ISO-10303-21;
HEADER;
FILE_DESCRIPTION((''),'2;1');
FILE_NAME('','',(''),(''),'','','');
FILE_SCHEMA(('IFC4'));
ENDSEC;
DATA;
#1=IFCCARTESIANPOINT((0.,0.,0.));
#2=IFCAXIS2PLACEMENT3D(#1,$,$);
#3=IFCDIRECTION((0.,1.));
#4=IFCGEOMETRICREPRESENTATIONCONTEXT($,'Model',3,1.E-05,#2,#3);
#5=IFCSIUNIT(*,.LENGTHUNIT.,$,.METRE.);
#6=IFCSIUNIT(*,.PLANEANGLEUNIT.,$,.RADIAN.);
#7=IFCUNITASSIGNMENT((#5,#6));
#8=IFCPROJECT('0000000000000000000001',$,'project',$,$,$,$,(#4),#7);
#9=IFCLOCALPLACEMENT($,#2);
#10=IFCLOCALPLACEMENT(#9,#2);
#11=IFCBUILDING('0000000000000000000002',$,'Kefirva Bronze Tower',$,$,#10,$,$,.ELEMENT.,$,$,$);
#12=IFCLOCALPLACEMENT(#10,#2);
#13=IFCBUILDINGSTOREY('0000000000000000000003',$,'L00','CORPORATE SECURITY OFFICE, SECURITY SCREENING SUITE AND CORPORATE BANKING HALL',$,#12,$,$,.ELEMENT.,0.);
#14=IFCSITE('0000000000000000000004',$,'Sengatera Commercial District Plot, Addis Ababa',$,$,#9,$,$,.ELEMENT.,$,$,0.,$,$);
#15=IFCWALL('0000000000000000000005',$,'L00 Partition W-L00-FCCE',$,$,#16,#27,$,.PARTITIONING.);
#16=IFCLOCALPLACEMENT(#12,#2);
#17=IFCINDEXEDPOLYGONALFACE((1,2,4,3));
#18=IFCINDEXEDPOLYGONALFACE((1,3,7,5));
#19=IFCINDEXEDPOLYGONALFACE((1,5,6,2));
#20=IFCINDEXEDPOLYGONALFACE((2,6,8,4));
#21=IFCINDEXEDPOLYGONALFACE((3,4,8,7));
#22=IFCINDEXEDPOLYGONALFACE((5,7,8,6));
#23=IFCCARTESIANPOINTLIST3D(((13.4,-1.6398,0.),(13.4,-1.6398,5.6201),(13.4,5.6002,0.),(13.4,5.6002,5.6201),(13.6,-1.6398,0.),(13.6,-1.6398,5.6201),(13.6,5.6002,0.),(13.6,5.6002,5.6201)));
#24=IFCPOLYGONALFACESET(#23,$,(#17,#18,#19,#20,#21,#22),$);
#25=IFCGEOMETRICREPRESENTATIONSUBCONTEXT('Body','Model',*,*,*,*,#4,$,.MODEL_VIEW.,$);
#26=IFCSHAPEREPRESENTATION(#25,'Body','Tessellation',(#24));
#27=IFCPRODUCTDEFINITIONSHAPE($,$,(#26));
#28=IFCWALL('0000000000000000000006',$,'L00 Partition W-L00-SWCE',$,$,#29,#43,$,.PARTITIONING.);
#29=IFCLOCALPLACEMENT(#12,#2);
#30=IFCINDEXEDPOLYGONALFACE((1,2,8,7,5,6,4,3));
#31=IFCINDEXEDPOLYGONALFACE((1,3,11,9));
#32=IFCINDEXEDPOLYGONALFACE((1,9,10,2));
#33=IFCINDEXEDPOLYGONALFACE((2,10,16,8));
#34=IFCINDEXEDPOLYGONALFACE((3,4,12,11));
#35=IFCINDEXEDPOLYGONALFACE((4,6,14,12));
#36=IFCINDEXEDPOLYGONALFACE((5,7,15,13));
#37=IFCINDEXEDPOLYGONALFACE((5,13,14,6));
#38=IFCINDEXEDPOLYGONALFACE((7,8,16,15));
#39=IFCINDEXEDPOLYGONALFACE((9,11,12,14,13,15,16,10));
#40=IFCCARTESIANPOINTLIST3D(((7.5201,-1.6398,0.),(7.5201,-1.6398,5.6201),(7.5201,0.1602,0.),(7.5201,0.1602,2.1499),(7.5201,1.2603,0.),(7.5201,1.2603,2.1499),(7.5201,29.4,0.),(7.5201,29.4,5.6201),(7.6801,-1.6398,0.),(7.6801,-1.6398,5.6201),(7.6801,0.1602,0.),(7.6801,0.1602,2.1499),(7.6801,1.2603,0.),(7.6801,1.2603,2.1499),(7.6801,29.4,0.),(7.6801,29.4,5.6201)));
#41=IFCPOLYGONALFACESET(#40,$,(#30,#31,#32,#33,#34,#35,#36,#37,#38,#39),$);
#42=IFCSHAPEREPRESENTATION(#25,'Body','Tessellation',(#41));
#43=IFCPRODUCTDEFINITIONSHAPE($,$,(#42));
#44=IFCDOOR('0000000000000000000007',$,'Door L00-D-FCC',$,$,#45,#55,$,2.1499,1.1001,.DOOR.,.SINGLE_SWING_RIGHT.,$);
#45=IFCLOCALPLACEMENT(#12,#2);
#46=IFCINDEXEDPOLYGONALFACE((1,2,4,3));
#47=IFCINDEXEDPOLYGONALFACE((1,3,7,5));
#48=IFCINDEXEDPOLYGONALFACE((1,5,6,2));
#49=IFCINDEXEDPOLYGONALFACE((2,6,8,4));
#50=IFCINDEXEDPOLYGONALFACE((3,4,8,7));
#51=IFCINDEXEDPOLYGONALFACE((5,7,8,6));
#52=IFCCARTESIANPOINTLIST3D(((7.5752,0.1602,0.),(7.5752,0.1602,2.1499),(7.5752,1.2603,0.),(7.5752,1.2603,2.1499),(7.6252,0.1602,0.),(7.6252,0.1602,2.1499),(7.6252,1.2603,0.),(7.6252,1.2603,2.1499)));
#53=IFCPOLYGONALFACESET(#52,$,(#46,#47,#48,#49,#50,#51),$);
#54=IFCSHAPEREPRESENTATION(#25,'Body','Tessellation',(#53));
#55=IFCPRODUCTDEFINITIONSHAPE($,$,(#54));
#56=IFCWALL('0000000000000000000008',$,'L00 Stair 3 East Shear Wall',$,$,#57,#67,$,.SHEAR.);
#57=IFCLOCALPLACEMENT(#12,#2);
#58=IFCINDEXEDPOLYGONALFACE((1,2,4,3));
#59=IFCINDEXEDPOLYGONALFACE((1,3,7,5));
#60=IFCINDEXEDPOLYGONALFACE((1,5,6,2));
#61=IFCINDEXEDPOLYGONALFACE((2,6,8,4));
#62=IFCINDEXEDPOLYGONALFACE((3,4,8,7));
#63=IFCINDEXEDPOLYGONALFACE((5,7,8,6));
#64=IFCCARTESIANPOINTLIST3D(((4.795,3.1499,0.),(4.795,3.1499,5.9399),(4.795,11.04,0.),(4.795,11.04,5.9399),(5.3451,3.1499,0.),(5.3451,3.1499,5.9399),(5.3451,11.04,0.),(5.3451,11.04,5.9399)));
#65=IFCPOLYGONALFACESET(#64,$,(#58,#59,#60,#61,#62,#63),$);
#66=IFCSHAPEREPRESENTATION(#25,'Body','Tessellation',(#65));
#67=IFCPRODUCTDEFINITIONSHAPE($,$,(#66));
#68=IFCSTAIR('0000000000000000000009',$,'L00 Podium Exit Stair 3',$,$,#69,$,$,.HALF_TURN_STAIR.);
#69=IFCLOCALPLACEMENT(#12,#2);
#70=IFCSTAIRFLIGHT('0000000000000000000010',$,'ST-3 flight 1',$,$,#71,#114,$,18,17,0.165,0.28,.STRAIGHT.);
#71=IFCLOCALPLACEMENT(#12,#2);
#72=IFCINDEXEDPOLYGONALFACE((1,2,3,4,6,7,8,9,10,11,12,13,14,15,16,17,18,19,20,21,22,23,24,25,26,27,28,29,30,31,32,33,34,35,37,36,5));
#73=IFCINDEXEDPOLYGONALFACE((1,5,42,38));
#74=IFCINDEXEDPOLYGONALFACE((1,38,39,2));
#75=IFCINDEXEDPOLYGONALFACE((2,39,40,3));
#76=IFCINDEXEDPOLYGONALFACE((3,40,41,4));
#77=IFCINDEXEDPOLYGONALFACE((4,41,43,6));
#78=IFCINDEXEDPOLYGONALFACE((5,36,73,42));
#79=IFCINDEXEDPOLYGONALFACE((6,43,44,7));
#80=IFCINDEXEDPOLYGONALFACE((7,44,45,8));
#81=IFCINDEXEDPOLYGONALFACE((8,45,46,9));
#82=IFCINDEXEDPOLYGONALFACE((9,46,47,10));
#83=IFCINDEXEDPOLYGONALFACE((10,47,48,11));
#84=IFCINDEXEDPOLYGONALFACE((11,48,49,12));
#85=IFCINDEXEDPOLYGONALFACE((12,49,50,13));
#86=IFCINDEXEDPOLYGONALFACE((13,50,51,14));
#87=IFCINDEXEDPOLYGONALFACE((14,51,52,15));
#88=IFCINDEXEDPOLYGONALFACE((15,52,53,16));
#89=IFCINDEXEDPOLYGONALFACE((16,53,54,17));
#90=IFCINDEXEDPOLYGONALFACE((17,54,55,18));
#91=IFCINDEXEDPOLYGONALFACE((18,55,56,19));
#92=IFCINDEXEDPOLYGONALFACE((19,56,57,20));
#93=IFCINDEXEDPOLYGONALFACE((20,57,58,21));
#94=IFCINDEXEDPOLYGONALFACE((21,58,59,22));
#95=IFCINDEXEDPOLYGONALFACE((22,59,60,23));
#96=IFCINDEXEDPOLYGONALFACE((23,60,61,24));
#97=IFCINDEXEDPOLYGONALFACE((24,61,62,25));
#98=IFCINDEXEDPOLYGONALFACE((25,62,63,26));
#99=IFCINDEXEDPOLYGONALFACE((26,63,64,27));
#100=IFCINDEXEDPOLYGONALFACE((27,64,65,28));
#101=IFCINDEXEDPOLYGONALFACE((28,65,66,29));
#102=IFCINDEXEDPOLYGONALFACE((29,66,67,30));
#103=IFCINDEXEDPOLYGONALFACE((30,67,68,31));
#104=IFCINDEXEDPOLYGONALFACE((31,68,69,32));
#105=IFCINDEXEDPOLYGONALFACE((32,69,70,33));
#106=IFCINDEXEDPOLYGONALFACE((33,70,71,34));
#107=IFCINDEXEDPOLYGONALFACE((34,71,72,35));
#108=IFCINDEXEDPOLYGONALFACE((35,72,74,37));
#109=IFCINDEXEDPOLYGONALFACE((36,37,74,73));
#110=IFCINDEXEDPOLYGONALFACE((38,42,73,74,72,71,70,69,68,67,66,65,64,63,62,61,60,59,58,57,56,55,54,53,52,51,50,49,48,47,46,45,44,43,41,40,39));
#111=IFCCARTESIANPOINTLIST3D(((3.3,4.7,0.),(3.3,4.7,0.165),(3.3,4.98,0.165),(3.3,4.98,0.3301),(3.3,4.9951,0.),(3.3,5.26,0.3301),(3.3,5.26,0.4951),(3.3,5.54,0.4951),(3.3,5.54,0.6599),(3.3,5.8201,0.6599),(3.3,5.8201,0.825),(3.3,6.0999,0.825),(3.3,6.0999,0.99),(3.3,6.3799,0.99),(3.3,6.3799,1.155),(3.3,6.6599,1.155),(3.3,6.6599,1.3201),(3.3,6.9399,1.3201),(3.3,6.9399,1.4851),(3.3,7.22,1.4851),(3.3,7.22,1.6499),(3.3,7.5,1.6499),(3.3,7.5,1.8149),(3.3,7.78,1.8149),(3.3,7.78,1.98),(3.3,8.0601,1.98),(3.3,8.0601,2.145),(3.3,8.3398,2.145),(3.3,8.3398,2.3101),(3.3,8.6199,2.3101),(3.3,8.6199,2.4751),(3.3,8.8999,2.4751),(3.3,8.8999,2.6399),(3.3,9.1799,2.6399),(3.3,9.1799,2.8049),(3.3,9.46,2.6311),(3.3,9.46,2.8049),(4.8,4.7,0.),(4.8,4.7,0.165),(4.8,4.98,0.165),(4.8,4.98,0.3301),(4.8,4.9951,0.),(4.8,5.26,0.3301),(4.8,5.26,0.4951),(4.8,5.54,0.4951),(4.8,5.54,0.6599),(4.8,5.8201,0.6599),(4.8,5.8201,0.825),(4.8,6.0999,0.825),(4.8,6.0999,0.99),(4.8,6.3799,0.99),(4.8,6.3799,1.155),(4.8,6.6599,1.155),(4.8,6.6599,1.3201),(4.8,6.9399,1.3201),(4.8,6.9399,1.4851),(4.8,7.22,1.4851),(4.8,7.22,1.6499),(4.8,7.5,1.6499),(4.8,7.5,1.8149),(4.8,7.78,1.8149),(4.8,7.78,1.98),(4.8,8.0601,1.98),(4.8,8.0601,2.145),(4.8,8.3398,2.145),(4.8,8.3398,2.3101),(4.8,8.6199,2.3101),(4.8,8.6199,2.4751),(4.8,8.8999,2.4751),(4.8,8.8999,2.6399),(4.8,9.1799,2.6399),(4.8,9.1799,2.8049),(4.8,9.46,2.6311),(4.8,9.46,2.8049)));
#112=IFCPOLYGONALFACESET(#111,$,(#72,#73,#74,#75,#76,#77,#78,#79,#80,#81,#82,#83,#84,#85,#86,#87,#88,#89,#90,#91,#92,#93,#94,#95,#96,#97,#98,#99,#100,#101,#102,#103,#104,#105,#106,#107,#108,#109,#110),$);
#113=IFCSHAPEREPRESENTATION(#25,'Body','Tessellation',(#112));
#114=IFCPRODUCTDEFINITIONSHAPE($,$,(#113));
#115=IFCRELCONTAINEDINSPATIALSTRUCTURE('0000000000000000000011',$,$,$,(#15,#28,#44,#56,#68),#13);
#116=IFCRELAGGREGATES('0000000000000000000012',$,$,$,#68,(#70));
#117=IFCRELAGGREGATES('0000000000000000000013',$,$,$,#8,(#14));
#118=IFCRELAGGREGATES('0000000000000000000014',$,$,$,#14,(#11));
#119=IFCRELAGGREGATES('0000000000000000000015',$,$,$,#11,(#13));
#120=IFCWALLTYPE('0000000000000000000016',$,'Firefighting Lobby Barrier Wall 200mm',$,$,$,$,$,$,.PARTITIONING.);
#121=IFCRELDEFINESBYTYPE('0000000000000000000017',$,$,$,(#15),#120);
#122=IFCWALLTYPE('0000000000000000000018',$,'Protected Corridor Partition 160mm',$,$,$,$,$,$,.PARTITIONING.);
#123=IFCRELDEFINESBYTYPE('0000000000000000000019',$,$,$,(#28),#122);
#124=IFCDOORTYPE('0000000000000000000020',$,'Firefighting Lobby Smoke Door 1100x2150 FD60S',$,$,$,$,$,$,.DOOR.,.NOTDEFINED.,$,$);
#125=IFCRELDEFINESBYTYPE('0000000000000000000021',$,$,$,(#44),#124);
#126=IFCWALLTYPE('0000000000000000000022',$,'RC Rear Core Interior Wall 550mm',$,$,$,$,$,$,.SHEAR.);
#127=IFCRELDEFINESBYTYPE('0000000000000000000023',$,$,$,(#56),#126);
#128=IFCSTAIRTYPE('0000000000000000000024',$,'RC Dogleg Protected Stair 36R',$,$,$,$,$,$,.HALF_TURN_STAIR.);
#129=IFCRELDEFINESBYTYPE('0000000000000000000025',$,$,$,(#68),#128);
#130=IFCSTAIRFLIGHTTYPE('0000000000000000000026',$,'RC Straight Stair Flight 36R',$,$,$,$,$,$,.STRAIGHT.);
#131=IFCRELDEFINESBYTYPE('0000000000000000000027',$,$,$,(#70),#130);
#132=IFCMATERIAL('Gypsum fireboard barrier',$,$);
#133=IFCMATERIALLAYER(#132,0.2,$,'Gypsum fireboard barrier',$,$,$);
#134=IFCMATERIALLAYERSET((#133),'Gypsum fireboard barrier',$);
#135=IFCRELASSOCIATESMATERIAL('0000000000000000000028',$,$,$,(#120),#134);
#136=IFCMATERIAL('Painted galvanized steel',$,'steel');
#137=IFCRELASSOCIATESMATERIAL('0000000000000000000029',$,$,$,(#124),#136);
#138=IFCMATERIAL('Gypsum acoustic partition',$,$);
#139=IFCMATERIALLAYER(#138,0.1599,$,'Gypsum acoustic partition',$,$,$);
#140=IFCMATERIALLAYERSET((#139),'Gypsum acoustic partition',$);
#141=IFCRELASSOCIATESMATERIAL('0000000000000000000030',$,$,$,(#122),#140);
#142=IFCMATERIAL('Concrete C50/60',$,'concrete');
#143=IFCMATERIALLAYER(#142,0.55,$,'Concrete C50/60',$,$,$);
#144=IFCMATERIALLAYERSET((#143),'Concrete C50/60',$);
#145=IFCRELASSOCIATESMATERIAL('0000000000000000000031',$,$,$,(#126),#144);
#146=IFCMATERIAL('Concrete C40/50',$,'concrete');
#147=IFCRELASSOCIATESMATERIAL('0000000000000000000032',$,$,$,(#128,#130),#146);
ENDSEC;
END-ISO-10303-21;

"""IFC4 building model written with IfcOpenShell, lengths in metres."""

from ifc_helpers import new_model, si_unit, direction, frame, frame_2d, origin, place, context, subcontext, project, spatial, polyline, rectangle, outline, extrude, material, layer, layer_set, type_object, element, fill, aggregate, save


model = new_model("IFC4")

# Units and contexts
model_context = context("Model", 3, precision=1e-05, world=origin(), true_north=direction((0.0, 1.0)))
body_context = subcontext(model_context, "Body", "Model", "MODEL_VIEW")
ifc_project = project(units=[si_unit("LENGTHUNIT", "METRE"), si_unit("PLANEANGLEUNIT", "RADIAN")], contexts=[model_context])

# Site, building, storey
site_placement = place(None, origin())
site = spatial("IfcSite", under=ifc_project, at=site_placement, Name="Sengatera Commercial District Plot, Addis Ababa", CompositionType="ELEMENT", RefElevation=0.0)
building_placement = place(site_placement, origin())
building = spatial("IfcBuilding", under=site, at=building_placement, Name="Kefirva Bronze Tower", CompositionType="ELEMENT")
storey_placement = place(building_placement, origin())
storey = spatial("IfcBuildingStorey", under=building, at=storey_placement, Name="L00", Description="CORPORATE SECURITY OFFICE, SECURITY SCREENING SUITE AND CORPORATE BANKING HALL", CompositionType="ELEMENT", Elevation=0.0)

# Shared definitions
ifc_material_1 = material(Name="Gypsum fireboard barrier")
ifc_layer_1 = layer(ifc_material_1, 0.2, Name="Gypsum fireboard barrier")
ifc_layer_set_1 = layer_set([ifc_layer_1], Name="Gypsum fireboard barrier")
wall_type_1 = type_object("IfcWallType", Name="Firefighting Lobby Barrier Wall 200mm", PredefinedType="PARTITIONING", material=ifc_layer_set_1)
ifc_material_2 = material(Name="Painted galvanized steel", Category="steel")
door_type = type_object("IfcDoorType", Name="Firefighting Lobby Smoke Door 1100x2150 FD60S", OperationType="NOTDEFINED", PredefinedType="DOOR", material=ifc_material_2)

# Wall
wall_1_placement = place(storey_placement, frame((13.5, -1.6399, 0.0), z_axis=(0.0, 0.0, 1.0), x_axis=(0.0, 1.0, 0.0)))
element("IfcWall", 1, at=wall_1_placement, inside=storey, type_object=wall_type_1, Name="L00 Partition W-L00-FCCE", PredefinedType="PARTITIONING", context=body_context, shape_type="SweptSolid", body=[
    extrude(rectangle(XDim=7.24, YDim=0.2, at=frame_2d((3.6201, 0.0))), origin(), (0.0, 0.0, 1.0), 5.6201),
])

# Wall, opening, door
ifc_material_3 = material(Name="Gypsum acoustic partition")
ifc_layer_2 = layer(ifc_material_3, 0.1599, Name="Gypsum acoustic partition")
ifc_layer_set_2 = layer_set([ifc_layer_2], Name="Gypsum acoustic partition")
wall_type_2 = type_object("IfcWallType", Name="Protected Corridor Partition 160mm", PredefinedType="PARTITIONING", material=ifc_layer_set_2)
wall_2_placement = place(storey_placement, frame((7.6001, -1.6399, 0.0), z_axis=(0.0, 0.0, 1.0), x_axis=(0.0, 1.0, 0.0)))
wall_2 = element("IfcWall", 2, at=wall_2_placement, inside=storey, type_object=wall_type_2, Name="L00 Partition W-L00-SWCE", PredefinedType="PARTITIONING", context=body_context, shape_type="SweptSolid", body=[
    extrude(rectangle(XDim=31.0398, YDim=0.1599, at=frame_2d((15.52, 0.0))), origin(), (0.0, 0.0, 1.0), 5.6201),
])
opening_1_placement = place(wall_2_placement, frame((1.8, 0.0, 0.0)))
opening_1 = element("IfcOpeningElement", 3, at=opening_1_placement, cuts=wall_2, PredefinedType="OPENING", context=body_context, shape_type="SweptSolid", body=[
    extrude(rectangle(XDim=1.1001, YDim=2.1499, at=frame_2d((0.55, 1.075))), frame((0.0, 0.0898, 0.0), z_axis=(0.0, -1.0, 0.0), x_axis=(1.0, 0.0, 0.0)), (0.0, 0.0, 1.0), 0.1799),
])
door_1_placement = place(opening_1_placement, origin())
door_1 = element("IfcDoor", 4, at=door_1_placement, inside=storey, type_object=door_type, Name="Door L00-D-FCC", OperationType="SINGLE_SWING_RIGHT", OverallHeight=2.1499, OverallWidth=1.1001, PredefinedType="DOOR", context=body_context, shape_type="SweptSolid", body=[
    extrude(rectangle(XDim=1.1001, YDim=2.1499, at=frame_2d((0.55, 1.075))), frame((0.0, 0.0249, 0.0), z_axis=(0.0, -1.0, 0.0), x_axis=(1.0, 0.0, 0.0)), (0.0, 0.0, 1.0), 0.05),
])
fill(opening_1, door_1)

# Wall
ifc_material_4 = material(Name="Concrete C50/60", Category="concrete")
ifc_layer_3 = layer(ifc_material_4, 0.55, Name="Concrete C50/60")
ifc_layer_set_3 = layer_set([ifc_layer_3], Name="Concrete C50/60")
wall_type_3 = type_object("IfcWallType", Name="RC Rear Core Interior Wall 550mm", PredefinedType="SHEAR", material=ifc_layer_set_3)
wall_3_placement = place(storey_placement, frame((5.0701, 3.1499, 0.0), z_axis=(0.0, 0.0, 1.0), x_axis=(0.0, 1.0, 0.0)))
element("IfcWall", 5, at=wall_3_placement, inside=storey, type_object=wall_type_3, Name="L00 Stair 3 East Shear Wall", PredefinedType="SHEAR", context=body_context, shape_type="SweptSolid", body=[
    extrude(rectangle(XDim=7.8901, YDim=0.55, at=frame_2d((3.9451, 0.0))), origin(), (0.0, 0.0, 1.0), 5.9399),
])

# Stair, stair flight
ifc_material_5 = material(Name="Concrete C40/50", Category="concrete")
stair_type = type_object("IfcStairType", Name="RC Dogleg Protected Stair 36R", PredefinedType="HALF_TURN_STAIR", material=ifc_material_5)
stair_placement = place(storey_placement, origin())
stair = element("IfcStair", 6, at=stair_placement, inside=storey, type_object=stair_type, Name="L00 Podium Exit Stair 3", PredefinedType="HALF_TURN_STAIR")
stair_flight_type = type_object("IfcStairFlightType", Name="RC Straight Stair Flight 36R", PredefinedType="STRAIGHT", material=ifc_material_5)
stair_flight_placement = place(storey_placement, frame((4.05, 4.7, 0.0), z_axis=(0.0, 0.0, 1.0), x_axis=(0.0, 1.0, 0.0)))
stair_flight = element("IfcStairFlight", 7, at=stair_flight_placement, type_object=stair_flight_type, Name="ST-3 flight 1", NumberOfRisers=18, NumberOfTreads=17, PredefinedType="STRAIGHT", RiserHeight=0.165, TreadLength=0.28, context=body_context, shape_type="SweptSolid", body=[
    extrude(outline(polyline([(0.0, 0.0), (0.0, 0.165), (0.28, 0.165), (0.28, 0.3301), (0.5601, 0.3301), (0.5601, 0.4951), (0.8401, 0.4951), (0.8401, 0.6599), (1.1201, 0.6599), (1.1201, 0.825), (1.3999, 0.825), (1.3999, 0.99), (1.6799, 0.99), (1.6799, 1.155), (1.96, 1.155), (1.96, 1.3201), (2.24, 1.3201), (2.24, 1.4851), (2.52, 1.4851), (2.52, 1.6499), (2.8, 1.6499), (2.8, 1.8149), (3.0801, 1.8149), (3.0801, 1.98), (3.3601, 1.98), (3.3601, 2.145), (3.6399, 2.145), (3.6399, 2.3101), (3.9199, 2.3101), (3.9199, 2.4751), (4.2, 2.4751), (4.2, 2.6399), (4.48, 2.6399), (4.48, 2.8049), (4.76, 2.8049), (4.76, 2.97), (4.76, 2.6311), (0.2952, 0.0), (0.0, 0.0)])), frame((0.0, 0.75, 0.0), z_axis=(0.0, -1.0, 0.0), x_axis=(1.0, 0.0, 0.0)), (0.0, 0.0, 1.0), 1.5),
])
aggregate(stair, [stair_flight])

save(model, "model.ifc")
